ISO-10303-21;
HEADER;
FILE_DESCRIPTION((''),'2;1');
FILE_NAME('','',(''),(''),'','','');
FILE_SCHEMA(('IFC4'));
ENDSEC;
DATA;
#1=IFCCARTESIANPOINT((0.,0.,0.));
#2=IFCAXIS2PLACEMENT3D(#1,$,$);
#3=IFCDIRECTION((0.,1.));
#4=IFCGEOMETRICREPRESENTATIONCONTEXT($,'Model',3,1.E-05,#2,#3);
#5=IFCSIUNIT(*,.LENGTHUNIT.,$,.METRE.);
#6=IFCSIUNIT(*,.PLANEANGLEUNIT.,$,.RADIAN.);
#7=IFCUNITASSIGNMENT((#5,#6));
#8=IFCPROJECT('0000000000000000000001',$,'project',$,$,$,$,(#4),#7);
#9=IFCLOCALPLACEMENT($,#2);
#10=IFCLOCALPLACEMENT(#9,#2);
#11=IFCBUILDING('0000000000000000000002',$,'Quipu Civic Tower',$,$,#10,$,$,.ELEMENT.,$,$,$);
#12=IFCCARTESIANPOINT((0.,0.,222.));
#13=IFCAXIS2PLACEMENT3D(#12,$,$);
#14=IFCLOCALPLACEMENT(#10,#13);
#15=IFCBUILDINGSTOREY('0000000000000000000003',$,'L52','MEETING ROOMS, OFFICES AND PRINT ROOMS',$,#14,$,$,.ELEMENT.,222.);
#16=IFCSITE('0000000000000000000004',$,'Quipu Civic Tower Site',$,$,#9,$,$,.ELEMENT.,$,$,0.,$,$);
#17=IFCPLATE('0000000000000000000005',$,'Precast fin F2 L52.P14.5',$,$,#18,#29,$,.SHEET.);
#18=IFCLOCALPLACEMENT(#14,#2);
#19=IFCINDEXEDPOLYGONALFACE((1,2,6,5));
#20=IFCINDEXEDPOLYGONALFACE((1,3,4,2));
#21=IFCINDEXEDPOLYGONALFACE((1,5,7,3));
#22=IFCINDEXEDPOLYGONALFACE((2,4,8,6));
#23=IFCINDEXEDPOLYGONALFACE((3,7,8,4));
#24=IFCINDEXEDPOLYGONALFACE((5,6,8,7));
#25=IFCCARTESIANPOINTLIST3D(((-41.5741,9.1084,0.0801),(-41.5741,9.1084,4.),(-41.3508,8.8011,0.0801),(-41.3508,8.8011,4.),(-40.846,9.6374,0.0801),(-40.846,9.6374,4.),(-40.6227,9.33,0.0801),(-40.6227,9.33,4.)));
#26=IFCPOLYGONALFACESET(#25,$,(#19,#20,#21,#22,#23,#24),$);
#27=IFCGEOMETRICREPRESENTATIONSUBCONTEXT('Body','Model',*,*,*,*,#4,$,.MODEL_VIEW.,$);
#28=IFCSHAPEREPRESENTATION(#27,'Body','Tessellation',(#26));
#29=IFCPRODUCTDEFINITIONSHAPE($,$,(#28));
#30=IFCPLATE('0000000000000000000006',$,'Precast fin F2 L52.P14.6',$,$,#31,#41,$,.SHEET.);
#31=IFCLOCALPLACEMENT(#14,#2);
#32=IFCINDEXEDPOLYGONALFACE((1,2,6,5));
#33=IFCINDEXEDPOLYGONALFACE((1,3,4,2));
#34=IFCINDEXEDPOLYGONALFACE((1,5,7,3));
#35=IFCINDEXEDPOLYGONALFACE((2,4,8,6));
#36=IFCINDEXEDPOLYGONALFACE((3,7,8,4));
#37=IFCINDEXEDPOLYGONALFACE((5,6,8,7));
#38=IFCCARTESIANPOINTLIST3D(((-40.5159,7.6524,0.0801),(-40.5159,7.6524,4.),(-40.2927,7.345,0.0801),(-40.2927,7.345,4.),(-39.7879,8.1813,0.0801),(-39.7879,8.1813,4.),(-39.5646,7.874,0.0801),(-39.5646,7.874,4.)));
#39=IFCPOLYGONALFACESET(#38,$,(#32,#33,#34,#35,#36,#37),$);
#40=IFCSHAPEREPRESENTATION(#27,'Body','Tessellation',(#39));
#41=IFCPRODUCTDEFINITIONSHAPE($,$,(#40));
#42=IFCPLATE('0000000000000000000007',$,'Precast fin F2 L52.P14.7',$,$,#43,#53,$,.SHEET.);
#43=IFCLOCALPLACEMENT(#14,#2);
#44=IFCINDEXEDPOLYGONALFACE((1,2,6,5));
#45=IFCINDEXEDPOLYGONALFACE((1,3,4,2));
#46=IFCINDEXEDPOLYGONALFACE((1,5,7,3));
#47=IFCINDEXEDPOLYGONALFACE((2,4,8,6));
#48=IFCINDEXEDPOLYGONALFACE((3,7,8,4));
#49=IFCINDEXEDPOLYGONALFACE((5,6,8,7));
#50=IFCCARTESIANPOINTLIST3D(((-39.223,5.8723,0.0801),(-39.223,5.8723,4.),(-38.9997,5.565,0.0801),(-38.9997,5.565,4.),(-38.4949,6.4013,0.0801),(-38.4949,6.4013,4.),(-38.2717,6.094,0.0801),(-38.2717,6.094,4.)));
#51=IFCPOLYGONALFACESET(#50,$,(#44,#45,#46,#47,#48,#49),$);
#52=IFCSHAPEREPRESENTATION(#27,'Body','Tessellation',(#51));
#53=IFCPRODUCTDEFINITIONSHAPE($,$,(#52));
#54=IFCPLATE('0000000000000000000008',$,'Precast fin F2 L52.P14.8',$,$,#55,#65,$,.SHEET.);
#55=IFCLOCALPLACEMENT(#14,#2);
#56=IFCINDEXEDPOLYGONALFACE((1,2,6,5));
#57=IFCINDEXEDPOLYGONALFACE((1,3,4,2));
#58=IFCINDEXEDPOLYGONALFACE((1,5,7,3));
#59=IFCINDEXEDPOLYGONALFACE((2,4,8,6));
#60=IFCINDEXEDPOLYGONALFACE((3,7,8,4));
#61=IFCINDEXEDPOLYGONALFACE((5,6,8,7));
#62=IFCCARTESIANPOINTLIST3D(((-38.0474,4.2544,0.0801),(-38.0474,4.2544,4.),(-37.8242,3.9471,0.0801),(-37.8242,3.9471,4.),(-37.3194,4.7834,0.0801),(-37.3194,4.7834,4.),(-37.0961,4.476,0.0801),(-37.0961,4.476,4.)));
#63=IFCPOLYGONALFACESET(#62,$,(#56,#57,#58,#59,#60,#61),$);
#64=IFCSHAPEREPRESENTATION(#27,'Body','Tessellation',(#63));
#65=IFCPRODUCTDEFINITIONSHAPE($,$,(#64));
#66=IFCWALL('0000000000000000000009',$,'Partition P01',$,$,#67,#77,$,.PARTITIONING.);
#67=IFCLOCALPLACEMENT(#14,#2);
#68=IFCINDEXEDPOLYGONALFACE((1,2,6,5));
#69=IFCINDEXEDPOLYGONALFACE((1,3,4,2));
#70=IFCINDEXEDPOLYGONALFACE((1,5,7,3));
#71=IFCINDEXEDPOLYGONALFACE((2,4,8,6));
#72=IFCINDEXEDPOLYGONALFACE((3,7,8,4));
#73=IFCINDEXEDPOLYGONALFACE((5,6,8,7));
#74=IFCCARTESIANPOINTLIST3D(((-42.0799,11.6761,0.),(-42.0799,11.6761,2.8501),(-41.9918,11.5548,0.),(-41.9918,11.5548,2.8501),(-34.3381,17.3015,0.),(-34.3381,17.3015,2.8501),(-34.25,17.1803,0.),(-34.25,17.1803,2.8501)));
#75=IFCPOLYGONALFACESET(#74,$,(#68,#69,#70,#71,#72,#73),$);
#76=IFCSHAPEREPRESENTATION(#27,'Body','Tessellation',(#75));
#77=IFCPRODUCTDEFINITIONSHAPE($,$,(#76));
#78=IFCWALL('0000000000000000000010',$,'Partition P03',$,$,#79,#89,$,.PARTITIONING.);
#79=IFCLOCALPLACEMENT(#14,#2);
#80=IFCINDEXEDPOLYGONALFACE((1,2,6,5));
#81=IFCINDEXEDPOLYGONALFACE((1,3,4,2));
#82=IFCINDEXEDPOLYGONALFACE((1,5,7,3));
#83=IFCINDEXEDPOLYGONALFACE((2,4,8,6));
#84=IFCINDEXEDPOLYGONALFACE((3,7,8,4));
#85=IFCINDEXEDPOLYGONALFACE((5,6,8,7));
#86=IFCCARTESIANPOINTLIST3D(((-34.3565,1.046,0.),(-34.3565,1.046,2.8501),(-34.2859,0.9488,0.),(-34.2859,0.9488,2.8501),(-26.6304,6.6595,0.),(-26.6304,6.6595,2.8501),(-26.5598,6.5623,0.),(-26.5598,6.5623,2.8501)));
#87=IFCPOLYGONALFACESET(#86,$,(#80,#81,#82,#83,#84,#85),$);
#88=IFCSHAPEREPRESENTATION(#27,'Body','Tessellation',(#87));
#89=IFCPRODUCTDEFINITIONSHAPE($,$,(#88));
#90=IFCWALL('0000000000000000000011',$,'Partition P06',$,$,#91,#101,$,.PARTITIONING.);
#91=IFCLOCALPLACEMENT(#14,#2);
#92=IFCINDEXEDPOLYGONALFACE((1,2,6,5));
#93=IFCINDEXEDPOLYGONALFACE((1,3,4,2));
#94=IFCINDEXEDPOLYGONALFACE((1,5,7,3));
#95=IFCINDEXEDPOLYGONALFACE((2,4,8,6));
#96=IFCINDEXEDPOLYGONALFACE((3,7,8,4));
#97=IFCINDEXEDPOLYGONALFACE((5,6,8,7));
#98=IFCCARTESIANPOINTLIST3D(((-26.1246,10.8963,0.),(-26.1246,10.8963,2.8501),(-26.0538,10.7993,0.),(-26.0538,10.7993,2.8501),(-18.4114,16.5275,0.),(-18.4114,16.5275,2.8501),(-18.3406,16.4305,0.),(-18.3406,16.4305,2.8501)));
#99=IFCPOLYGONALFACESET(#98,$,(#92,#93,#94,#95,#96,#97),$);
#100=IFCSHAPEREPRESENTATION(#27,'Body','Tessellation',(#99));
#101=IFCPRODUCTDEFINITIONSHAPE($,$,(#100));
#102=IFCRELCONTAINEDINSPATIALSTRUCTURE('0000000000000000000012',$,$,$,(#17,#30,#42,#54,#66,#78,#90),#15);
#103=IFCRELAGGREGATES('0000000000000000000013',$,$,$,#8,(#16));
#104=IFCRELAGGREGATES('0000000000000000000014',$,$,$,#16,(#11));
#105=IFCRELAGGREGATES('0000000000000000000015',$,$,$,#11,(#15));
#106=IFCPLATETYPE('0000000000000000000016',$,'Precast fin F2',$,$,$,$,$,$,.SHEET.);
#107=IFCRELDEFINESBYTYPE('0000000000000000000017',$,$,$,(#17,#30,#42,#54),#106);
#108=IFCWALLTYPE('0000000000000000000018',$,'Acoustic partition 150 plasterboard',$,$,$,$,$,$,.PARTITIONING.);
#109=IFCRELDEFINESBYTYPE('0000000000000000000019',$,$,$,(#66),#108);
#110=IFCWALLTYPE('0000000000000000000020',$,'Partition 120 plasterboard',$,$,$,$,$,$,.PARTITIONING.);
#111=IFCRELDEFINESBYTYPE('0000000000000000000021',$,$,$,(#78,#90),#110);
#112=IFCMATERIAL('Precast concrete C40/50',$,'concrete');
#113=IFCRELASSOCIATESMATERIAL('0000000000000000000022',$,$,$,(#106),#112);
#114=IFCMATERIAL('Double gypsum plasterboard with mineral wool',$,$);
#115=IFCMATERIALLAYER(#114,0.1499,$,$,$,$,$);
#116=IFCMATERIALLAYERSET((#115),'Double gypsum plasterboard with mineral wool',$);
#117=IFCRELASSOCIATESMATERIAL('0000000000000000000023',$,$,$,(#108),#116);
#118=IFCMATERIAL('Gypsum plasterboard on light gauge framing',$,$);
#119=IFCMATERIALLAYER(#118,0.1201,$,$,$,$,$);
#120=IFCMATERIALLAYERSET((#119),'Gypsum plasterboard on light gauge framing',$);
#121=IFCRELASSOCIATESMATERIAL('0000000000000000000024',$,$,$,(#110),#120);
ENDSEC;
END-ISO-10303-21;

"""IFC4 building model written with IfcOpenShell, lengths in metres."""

from ifc_helpers import new_model, si_unit, direction, frame, frame_2d, origin, origin_2d, place, context, subcontext, project, spatial, rectangle, extrude, material, layer, layer_set, type_object, element, save


model = new_model("IFC4")

# Units and contexts
model_context = context("Model", 3, precision=1e-05, world=origin(), true_north=direction((0.0, 1.0)))
body_context = subcontext(model_context, "Body", "Model", "MODEL_VIEW")
ifc_project = project(units=[si_unit("LENGTHUNIT", "METRE"), si_unit("PLANEANGLEUNIT", "RADIAN")], contexts=[model_context])

# Site, building, storey
site_placement = place(None, origin())
site = spatial("IfcSite", under=ifc_project, at=site_placement, Name="Quipu Civic Tower Site", CompositionType="ELEMENT", RefElevation=0.0)
building_placement = place(site_placement, origin())
building = spatial("IfcBuilding", under=site, at=building_placement, Name="Quipu Civic Tower", CompositionType="ELEMENT")
storey_placement = place(building_placement, frame((0.0, 0.0, 222.0)))
storey = spatial("IfcBuildingStorey", under=building, at=storey_placement, Name="L52", Description="MEETING ROOMS, OFFICES AND PRINT ROOMS", CompositionType="ELEMENT", Elevation=222.0)

# Plates
ifc_material_1 = material(Name="Precast concrete C40/50", Category="concrete")
plate_type_1 = type_object("IfcPlateType", Name="Precast fin F2", PredefinedType="SHEET", material=ifc_material_1)
for number, where, z_axis, x_axis, name in (
    (1, (-41.0984, 9.2192, 0.0801), (0.0, 0.0, 1.0), (0.587786, -0.809017, 0.0), "Precast fin F2 L52.P14.5"),
    (2, (-40.0403, 7.7632, 0.0801), (0.0, 0.0, 1.0), (0.587786, -0.809017, 0.0), "Precast fin F2 L52.P14.6"),
    (3, (-38.7473, 5.9832, 0.0801), (0.0, 0.0, 1.0), (0.587786, -0.809017, 0.0), "Precast fin F2 L52.P14.7"),
    (4, (-37.5718, 4.3652, 0.0801), (0.0, 0.0, 1.0), (0.587786, -0.809017, 0.0), "Precast fin F2 L52.P14.8"),
):
    element("IfcPlate", number, at=place(storey_placement, frame(where, z_axis=z_axis, x_axis=x_axis)), inside=storey, type_object=plate_type_1, Name=name, PredefinedType="SHEET", context=body_context, shape_type="SweptSolid", body=[
        extrude(rectangle(XDim=0.3799, YDim=0.8999, at=origin_2d()), origin(), (0.0, 0.0, 1.0), 3.9199),
    ])

# Walls
ifc_material_2 = material(Name="Double gypsum plasterboard with mineral wool")
ifc_layer_1 = layer(ifc_material_2, 0.1499)
ifc_layer_set_1 = layer_set([ifc_layer_1], Name="Double gypsum plasterboard with mineral wool")
wall_type_1 = type_object("IfcWallType", Name="Acoustic partition 150 plasterboard", PredefinedType="PARTITIONING", material=ifc_layer_set_1)
wall_placement = place(storey_placement, frame((-42.0359, 11.6155, 0.0), z_axis=(0.0, 0.0, 1.0), x_axis=(0.808985, 0.587829, 0.0)))
element("IfcWall", 5, at=wall_placement, inside=storey, type_object=wall_type_1, Name="Partition P01", PredefinedType="PARTITIONING", context=body_context, shape_type="SweptSolid", body=[
    extrude(rectangle(XDim=9.5698, YDim=0.1499, at=frame_2d((4.7849, 0.0))), origin(), (0.0, 0.0, 1.0), 2.8501),
])
ifc_material_3 = material(Name="Gypsum plasterboard on light gauge framing")
ifc_layer_2 = layer(ifc_material_3, 0.1201)
ifc_layer_set_2 = layer_set([ifc_layer_2], Name="Gypsum plasterboard on light gauge framing")
wall_type_2 = type_object("IfcWallType", Name="Partition 120 plasterboard", PredefinedType="PARTITIONING", material=ifc_layer_set_2)
for number, where, z_axis, x_axis, name in (
    (6, (-26.5952, 6.6108, 0.0), (0.0, 0.0, 1.0), (-0.809007, -0.587799, 0.0), "Partition P03"),
    (7, (-26.0891, 10.8479, 0.0), (0.0, 0.0, 1.0), (0.807661, 0.589647, 0.0), "Partition P06"),
):
    element("IfcWall", number, at=place(storey_placement, frame(where, z_axis=z_axis, x_axis=x_axis)), inside=storey, type_object=wall_type_2, Name=name, PredefinedType="PARTITIONING", context=body_context, shape_type="SweptSolid", body=[
        extrude(rectangle(XDim=9.55, YDim=0.1201, at=frame_2d((4.7749, 0.0))), origin(), (0.0, 0.0, 1.0), 2.8501),
    ])

save(model, "model.ifc")
